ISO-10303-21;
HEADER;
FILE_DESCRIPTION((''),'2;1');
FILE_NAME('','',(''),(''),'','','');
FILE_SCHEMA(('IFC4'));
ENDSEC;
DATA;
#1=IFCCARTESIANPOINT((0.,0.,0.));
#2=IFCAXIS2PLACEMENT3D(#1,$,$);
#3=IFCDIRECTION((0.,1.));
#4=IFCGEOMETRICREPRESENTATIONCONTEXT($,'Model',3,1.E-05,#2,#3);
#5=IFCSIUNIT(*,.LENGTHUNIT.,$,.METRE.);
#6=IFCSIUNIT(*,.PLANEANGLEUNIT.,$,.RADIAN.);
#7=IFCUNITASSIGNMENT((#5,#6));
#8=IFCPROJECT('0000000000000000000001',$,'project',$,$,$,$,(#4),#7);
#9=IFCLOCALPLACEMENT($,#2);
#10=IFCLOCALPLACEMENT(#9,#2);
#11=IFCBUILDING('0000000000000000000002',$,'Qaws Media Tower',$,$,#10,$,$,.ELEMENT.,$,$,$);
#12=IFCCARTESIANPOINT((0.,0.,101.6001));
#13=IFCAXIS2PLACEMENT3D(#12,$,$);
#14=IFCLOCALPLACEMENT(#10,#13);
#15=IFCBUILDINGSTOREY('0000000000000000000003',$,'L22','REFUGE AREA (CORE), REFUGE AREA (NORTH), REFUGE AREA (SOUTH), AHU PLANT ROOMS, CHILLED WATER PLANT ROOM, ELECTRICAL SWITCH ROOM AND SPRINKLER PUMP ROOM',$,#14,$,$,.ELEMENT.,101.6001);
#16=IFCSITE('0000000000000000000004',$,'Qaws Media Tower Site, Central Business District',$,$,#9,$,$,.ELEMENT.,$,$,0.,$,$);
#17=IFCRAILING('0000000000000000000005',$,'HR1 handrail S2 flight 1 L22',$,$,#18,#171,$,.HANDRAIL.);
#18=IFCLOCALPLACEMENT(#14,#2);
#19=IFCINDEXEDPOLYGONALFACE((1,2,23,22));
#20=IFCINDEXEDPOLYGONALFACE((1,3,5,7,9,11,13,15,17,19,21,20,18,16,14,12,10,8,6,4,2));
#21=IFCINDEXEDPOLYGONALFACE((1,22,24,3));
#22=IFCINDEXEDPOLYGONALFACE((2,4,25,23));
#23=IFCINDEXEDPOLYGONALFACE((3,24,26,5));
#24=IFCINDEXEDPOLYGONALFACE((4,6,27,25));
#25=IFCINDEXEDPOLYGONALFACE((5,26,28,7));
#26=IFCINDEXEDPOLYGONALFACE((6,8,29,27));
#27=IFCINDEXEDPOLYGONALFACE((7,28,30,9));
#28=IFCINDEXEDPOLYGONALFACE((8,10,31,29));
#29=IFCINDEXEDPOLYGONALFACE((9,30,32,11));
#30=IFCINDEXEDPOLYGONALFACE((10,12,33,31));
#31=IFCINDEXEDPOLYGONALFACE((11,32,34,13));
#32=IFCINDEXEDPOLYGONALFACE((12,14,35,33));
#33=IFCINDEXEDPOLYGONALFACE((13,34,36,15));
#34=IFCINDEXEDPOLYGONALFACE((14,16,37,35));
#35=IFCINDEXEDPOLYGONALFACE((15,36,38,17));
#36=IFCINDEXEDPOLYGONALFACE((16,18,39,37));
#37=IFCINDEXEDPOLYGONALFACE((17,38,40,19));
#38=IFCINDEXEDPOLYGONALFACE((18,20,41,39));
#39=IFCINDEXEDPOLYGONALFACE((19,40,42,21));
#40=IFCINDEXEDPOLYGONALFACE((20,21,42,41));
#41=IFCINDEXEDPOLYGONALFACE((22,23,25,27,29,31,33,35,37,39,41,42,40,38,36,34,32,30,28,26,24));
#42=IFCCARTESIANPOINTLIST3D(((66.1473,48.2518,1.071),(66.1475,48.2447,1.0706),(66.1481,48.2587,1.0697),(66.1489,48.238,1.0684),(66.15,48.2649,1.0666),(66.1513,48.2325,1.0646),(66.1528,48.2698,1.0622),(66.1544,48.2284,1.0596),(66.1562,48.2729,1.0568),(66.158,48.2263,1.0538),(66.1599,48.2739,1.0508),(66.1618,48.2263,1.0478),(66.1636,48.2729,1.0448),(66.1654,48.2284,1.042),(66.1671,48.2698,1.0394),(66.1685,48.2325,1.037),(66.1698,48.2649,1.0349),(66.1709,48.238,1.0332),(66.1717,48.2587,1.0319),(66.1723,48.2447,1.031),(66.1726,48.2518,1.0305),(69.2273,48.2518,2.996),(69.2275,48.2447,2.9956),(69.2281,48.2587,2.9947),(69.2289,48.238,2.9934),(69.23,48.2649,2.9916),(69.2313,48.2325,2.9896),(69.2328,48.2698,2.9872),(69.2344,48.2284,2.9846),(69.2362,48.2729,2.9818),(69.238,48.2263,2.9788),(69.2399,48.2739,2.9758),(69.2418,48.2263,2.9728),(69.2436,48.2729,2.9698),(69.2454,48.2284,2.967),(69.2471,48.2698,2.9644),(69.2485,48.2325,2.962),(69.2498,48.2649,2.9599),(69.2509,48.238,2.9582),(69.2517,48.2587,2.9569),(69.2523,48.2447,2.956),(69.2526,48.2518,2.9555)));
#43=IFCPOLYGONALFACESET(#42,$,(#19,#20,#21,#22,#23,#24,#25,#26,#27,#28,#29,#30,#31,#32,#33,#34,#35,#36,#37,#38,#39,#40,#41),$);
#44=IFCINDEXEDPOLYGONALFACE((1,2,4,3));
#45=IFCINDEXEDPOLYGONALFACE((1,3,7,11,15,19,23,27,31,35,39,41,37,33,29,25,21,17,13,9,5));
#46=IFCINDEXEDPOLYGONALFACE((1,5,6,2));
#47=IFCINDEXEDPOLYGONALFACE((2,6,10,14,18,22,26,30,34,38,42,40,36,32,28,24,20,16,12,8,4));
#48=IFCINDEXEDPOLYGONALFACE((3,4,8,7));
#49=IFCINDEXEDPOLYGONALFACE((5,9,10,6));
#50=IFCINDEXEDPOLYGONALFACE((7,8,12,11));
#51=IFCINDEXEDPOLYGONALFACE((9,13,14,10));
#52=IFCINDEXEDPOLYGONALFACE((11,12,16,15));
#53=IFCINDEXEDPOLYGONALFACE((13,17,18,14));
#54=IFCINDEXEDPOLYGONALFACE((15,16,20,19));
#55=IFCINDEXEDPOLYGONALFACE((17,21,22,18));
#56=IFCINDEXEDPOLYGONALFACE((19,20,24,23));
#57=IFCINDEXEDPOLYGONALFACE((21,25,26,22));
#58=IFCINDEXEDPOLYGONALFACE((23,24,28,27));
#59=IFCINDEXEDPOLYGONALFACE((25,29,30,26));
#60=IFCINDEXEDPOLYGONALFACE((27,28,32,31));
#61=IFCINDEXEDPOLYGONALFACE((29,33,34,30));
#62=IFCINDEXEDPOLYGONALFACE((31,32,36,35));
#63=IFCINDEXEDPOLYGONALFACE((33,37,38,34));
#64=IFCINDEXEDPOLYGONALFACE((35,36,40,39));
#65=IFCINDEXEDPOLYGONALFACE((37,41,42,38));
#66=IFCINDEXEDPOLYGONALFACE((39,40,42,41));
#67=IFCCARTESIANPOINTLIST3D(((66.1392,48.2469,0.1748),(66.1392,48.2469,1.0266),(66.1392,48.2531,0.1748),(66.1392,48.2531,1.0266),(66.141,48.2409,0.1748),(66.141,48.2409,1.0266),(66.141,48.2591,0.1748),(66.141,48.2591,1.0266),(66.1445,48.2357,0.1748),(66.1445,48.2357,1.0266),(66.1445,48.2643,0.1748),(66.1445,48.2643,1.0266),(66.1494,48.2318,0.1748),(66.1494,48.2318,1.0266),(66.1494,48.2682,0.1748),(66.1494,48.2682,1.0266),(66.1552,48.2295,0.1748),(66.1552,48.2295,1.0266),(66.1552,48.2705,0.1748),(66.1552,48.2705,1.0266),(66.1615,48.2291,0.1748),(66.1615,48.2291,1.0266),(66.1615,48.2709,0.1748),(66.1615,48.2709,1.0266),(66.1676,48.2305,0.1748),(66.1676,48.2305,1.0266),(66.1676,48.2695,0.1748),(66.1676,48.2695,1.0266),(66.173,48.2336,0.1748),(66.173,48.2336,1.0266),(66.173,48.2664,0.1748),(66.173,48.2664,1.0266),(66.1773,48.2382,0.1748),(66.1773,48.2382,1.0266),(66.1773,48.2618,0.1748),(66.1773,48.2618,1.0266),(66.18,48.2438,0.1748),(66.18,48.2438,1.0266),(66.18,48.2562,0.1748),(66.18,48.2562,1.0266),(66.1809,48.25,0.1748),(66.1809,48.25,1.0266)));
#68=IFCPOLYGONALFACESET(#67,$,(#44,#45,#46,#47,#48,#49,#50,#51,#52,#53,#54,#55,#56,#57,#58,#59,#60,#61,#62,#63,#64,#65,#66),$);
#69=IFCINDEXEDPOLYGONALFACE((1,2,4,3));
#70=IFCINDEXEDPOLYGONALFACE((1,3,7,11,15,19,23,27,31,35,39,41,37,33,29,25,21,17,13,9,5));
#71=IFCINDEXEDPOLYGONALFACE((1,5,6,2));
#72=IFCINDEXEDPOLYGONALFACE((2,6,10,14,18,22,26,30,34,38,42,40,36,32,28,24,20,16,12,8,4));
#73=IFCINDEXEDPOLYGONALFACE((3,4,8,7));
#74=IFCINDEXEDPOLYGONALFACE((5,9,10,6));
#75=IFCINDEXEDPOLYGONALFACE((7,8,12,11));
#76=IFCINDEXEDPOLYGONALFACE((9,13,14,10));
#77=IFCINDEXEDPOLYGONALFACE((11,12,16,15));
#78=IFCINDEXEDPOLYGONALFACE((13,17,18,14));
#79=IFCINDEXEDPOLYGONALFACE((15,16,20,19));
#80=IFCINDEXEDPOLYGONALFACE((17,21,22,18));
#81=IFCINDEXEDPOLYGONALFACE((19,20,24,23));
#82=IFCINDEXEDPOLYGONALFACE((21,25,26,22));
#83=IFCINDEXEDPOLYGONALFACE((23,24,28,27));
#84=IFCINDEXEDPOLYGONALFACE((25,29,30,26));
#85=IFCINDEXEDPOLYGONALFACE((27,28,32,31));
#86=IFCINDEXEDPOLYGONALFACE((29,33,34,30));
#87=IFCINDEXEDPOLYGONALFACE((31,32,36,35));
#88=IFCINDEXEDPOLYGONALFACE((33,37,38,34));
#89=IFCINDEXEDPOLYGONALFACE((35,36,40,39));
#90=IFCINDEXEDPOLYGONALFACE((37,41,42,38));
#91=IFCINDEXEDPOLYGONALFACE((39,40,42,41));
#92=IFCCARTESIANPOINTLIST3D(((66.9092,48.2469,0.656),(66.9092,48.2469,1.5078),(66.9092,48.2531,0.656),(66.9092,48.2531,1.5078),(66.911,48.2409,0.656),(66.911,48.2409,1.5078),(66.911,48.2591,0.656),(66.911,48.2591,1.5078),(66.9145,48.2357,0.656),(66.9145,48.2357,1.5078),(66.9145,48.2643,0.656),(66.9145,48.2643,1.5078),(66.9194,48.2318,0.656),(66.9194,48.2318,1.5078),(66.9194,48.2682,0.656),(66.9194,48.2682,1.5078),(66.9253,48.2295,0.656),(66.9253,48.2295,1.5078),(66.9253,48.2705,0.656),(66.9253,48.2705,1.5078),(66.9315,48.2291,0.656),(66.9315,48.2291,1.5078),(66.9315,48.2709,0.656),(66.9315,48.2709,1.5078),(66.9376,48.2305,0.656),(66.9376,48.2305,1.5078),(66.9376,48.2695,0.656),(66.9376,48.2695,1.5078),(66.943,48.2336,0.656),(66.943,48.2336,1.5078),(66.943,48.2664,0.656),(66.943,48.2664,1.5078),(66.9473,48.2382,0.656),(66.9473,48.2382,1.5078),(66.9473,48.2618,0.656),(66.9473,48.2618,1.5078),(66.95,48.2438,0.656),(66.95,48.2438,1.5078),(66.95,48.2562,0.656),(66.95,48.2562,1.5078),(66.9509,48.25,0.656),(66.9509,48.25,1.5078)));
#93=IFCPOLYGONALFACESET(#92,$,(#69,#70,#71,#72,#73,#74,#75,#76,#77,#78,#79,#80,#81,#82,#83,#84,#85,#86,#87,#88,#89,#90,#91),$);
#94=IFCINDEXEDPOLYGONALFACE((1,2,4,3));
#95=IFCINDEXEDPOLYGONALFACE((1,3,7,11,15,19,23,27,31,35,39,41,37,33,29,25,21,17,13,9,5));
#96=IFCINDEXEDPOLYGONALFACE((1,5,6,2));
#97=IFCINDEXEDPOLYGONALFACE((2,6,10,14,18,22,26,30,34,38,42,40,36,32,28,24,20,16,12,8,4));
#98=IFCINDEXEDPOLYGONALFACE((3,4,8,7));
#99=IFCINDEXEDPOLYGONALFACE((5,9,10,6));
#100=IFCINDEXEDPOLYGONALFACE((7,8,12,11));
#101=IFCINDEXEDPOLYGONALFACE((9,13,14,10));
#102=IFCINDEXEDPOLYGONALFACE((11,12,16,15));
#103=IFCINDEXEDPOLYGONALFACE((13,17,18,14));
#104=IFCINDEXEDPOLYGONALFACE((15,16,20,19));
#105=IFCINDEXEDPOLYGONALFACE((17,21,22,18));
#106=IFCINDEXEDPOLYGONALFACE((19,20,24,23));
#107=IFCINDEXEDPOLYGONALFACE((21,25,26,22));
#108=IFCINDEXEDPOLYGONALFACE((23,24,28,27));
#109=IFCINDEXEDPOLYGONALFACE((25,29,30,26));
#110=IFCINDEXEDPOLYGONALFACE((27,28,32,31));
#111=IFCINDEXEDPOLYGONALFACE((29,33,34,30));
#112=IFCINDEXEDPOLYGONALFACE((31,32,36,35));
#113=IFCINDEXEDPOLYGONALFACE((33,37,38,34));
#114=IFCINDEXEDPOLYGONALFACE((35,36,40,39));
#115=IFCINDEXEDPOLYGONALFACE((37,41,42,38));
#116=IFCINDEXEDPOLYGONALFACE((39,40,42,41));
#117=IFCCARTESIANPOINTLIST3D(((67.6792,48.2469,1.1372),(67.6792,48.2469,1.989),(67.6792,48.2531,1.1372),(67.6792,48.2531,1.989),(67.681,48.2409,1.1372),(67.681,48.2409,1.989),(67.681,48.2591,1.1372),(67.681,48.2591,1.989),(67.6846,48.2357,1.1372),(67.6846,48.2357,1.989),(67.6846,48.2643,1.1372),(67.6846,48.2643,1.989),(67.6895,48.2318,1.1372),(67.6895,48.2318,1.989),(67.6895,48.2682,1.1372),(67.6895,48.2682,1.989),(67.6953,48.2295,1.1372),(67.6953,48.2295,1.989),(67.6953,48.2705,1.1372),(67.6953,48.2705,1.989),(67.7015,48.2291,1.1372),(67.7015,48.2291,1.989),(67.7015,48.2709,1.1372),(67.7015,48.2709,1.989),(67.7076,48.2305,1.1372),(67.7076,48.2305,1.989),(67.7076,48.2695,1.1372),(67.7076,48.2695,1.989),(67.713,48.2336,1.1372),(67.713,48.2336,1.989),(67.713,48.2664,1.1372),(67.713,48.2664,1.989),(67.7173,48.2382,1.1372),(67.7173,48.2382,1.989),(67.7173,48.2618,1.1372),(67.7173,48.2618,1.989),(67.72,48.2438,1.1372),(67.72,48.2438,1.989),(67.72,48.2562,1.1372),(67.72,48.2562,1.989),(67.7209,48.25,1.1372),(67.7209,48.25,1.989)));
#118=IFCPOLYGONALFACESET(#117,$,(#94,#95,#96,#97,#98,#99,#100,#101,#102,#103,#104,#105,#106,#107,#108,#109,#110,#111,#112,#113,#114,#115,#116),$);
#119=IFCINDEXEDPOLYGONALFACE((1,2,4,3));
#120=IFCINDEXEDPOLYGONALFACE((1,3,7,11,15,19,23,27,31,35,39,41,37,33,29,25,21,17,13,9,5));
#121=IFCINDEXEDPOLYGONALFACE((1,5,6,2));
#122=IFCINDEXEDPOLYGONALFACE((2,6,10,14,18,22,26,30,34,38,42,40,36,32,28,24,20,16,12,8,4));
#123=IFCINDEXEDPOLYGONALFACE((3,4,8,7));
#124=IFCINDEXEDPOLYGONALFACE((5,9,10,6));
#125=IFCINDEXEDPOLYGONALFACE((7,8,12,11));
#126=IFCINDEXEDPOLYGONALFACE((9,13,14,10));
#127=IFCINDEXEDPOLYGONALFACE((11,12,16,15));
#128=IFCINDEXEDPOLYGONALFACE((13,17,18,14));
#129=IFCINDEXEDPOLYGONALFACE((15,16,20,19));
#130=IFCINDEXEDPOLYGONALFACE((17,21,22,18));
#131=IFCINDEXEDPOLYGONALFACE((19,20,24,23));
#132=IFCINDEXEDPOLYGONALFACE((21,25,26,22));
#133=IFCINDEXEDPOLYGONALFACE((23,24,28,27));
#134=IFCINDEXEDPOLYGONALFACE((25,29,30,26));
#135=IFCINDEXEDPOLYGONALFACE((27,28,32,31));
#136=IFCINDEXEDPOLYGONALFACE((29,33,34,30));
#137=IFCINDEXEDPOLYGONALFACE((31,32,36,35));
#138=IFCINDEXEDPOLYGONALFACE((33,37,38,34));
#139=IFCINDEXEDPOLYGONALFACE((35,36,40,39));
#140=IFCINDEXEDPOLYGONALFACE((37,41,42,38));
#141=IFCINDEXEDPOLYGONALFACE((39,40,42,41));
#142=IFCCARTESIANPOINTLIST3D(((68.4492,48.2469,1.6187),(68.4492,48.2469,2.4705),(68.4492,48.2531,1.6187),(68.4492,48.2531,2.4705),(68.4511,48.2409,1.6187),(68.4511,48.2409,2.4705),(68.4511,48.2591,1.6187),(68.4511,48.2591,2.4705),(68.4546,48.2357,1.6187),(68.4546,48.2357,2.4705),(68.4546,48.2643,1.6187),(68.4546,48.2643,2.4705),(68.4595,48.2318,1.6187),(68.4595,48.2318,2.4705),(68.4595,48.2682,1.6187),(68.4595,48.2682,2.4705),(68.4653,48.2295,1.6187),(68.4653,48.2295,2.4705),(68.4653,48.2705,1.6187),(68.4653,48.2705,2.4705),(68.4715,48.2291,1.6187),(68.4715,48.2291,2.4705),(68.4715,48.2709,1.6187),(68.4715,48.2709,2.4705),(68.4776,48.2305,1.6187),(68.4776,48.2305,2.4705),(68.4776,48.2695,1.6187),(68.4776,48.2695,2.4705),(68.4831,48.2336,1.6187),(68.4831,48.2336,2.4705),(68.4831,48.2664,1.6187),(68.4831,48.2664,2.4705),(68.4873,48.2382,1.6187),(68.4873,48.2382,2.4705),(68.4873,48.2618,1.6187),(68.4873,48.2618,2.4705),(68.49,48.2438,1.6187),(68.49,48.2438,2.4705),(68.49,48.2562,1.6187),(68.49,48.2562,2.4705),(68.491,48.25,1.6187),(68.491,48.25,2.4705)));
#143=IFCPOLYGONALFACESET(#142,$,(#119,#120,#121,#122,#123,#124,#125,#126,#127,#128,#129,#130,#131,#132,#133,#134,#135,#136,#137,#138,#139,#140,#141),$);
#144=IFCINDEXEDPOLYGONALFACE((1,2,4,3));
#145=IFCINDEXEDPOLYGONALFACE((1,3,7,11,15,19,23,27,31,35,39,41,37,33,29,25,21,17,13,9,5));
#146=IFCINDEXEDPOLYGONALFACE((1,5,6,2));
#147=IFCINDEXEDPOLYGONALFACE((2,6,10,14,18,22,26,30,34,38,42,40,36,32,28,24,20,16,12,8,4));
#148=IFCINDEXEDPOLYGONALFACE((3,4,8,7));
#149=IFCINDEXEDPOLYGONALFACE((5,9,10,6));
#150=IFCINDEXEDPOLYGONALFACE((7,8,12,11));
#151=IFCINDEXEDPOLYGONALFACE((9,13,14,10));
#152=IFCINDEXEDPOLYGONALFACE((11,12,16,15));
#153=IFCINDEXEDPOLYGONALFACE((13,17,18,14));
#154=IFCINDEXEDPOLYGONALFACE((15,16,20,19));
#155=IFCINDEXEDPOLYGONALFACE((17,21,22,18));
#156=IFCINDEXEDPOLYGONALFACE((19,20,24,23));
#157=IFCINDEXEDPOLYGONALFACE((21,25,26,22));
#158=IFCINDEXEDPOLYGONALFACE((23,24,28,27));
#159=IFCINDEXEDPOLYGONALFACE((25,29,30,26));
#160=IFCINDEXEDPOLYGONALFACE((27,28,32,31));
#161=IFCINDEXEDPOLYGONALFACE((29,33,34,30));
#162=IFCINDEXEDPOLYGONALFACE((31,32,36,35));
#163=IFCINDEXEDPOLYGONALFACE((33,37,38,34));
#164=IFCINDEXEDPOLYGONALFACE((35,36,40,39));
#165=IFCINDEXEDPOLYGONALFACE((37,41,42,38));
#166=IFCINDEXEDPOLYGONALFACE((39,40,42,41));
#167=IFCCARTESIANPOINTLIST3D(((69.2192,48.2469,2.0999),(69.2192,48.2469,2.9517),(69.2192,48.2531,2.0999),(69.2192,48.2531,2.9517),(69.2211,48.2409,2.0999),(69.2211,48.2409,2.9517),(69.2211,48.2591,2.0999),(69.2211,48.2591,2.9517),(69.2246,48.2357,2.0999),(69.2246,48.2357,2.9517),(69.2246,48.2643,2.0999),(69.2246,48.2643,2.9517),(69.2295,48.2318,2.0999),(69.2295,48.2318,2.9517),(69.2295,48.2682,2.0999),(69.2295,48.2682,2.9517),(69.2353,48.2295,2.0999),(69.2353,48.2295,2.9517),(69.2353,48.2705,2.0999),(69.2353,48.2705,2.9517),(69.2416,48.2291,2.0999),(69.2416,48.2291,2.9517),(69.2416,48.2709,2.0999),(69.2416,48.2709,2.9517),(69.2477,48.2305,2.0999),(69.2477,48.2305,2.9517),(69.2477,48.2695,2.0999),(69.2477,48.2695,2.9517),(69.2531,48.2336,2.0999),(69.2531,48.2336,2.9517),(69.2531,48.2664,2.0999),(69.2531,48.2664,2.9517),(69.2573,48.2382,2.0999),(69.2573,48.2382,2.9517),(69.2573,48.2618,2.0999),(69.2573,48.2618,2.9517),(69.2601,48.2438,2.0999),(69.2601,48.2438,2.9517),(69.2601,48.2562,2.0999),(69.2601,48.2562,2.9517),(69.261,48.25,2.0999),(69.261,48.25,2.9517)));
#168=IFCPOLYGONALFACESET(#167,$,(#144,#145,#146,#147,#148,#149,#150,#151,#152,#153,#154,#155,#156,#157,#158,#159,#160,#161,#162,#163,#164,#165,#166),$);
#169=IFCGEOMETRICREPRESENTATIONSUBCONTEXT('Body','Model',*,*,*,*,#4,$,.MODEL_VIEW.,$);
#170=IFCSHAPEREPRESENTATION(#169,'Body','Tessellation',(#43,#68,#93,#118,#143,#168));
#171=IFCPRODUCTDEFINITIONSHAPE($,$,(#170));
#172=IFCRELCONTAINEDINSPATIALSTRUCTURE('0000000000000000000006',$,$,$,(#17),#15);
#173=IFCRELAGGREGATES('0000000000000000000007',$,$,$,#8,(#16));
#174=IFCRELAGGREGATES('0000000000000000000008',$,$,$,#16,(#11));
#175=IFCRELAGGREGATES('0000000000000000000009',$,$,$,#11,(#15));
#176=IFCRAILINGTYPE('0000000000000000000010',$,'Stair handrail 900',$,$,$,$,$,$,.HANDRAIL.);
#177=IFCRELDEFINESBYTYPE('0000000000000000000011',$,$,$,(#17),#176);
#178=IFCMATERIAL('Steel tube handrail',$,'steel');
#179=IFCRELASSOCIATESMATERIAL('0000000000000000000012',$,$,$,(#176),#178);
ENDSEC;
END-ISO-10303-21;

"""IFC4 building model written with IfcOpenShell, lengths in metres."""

from ifc_helpers import new_model, si_unit, direction, frame, origin, origin_2d, place, context, subcontext, project, spatial, circle, extrude, material, type_object, element, save


model = new_model("IFC4")

# Units and contexts
model_context = context("Model", 3, precision=1e-05, world=origin(), true_north=direction((0.0, 1.0)))
body_context = subcontext(model_context, "Body", "Model", "MODEL_VIEW")
ifc_project = project(units=[si_unit("LENGTHUNIT", "METRE"), si_unit("PLANEANGLEUNIT", "RADIAN")], contexts=[model_context])

# Site, building, storey
site_placement = place(None, origin())
site = spatial("IfcSite", under=ifc_project, at=site_placement, Name="Qaws Media Tower Site, Central Business District", CompositionType="ELEMENT", RefElevation=0.0)
building_placement = place(site_placement, origin())
building = spatial("IfcBuilding", under=site, at=building_placement, Name="Qaws Media Tower", CompositionType="ELEMENT")
storey_placement = place(building_placement, frame((0.0, 0.0, 101.6001)))
storey = spatial("IfcBuildingStorey", under=building, at=storey_placement, Name="L22", Description="REFUGE AREA (CORE), REFUGE AREA (NORTH), REFUGE AREA (SOUTH), AHU PLANT ROOMS, CHILLED WATER PLANT ROOM, ELECTRICAL SWITCH ROOM AND SPRINKLER PUMP ROOM", CompositionType="ELEMENT", Elevation=101.6001)

# Railing
ifc_material_1 = material(Name="Steel tube handrail", Category="steel")
railing_type = type_object("IfcRailingType", Name="Stair handrail 900", PredefinedType="HANDRAIL", material=ifc_material_1)
for number, where, name in (
    (1, (66.1599, 48.25, 0.1748), "HR1 handrail S2 flight 1 L22"),
):
    element("IfcRailing", number, at=place(storey_placement, frame(where)), inside=storey, type_object=railing_type, Name=name, PredefinedType="HANDRAIL", context=body_context, shape_type="SweptSolid", body=[
        extrude(circle(Radius=0.0239, at=origin_2d()), frame((0.0, 0.0, 0.876), z_axis=(0.847998, 0.0, 0.529999), x_axis=(0.0, 1.0, 0.0)), (0.0, 0.0, 1.0), 3.6321),
        extrude(circle(Radius=0.021, at=origin_2d()), origin(), (0.0, 0.0, 1.0), 0.8518),
        extrude(circle(Radius=0.021, at=origin_2d()), frame((0.77, 0.0, 0.4812)), (0.0, 0.0, 1.0), 0.8518),
        extrude(circle(Radius=0.021, at=origin_2d()), frame((1.54, 0.0, 0.9624)), (0.0, 0.0, 1.0), 0.8518),
        extrude(circle(Radius=0.021, at=origin_2d()), frame((2.3101, 0.0, 1.4438)), (0.0, 0.0, 1.0), 0.8518),
        extrude(circle(Radius=0.021, at=origin_2d()), frame((3.0801, 0.0, 1.925)), (0.0, 0.0, 1.0), 0.8518),
    ])

save(model, "model.ifc")
